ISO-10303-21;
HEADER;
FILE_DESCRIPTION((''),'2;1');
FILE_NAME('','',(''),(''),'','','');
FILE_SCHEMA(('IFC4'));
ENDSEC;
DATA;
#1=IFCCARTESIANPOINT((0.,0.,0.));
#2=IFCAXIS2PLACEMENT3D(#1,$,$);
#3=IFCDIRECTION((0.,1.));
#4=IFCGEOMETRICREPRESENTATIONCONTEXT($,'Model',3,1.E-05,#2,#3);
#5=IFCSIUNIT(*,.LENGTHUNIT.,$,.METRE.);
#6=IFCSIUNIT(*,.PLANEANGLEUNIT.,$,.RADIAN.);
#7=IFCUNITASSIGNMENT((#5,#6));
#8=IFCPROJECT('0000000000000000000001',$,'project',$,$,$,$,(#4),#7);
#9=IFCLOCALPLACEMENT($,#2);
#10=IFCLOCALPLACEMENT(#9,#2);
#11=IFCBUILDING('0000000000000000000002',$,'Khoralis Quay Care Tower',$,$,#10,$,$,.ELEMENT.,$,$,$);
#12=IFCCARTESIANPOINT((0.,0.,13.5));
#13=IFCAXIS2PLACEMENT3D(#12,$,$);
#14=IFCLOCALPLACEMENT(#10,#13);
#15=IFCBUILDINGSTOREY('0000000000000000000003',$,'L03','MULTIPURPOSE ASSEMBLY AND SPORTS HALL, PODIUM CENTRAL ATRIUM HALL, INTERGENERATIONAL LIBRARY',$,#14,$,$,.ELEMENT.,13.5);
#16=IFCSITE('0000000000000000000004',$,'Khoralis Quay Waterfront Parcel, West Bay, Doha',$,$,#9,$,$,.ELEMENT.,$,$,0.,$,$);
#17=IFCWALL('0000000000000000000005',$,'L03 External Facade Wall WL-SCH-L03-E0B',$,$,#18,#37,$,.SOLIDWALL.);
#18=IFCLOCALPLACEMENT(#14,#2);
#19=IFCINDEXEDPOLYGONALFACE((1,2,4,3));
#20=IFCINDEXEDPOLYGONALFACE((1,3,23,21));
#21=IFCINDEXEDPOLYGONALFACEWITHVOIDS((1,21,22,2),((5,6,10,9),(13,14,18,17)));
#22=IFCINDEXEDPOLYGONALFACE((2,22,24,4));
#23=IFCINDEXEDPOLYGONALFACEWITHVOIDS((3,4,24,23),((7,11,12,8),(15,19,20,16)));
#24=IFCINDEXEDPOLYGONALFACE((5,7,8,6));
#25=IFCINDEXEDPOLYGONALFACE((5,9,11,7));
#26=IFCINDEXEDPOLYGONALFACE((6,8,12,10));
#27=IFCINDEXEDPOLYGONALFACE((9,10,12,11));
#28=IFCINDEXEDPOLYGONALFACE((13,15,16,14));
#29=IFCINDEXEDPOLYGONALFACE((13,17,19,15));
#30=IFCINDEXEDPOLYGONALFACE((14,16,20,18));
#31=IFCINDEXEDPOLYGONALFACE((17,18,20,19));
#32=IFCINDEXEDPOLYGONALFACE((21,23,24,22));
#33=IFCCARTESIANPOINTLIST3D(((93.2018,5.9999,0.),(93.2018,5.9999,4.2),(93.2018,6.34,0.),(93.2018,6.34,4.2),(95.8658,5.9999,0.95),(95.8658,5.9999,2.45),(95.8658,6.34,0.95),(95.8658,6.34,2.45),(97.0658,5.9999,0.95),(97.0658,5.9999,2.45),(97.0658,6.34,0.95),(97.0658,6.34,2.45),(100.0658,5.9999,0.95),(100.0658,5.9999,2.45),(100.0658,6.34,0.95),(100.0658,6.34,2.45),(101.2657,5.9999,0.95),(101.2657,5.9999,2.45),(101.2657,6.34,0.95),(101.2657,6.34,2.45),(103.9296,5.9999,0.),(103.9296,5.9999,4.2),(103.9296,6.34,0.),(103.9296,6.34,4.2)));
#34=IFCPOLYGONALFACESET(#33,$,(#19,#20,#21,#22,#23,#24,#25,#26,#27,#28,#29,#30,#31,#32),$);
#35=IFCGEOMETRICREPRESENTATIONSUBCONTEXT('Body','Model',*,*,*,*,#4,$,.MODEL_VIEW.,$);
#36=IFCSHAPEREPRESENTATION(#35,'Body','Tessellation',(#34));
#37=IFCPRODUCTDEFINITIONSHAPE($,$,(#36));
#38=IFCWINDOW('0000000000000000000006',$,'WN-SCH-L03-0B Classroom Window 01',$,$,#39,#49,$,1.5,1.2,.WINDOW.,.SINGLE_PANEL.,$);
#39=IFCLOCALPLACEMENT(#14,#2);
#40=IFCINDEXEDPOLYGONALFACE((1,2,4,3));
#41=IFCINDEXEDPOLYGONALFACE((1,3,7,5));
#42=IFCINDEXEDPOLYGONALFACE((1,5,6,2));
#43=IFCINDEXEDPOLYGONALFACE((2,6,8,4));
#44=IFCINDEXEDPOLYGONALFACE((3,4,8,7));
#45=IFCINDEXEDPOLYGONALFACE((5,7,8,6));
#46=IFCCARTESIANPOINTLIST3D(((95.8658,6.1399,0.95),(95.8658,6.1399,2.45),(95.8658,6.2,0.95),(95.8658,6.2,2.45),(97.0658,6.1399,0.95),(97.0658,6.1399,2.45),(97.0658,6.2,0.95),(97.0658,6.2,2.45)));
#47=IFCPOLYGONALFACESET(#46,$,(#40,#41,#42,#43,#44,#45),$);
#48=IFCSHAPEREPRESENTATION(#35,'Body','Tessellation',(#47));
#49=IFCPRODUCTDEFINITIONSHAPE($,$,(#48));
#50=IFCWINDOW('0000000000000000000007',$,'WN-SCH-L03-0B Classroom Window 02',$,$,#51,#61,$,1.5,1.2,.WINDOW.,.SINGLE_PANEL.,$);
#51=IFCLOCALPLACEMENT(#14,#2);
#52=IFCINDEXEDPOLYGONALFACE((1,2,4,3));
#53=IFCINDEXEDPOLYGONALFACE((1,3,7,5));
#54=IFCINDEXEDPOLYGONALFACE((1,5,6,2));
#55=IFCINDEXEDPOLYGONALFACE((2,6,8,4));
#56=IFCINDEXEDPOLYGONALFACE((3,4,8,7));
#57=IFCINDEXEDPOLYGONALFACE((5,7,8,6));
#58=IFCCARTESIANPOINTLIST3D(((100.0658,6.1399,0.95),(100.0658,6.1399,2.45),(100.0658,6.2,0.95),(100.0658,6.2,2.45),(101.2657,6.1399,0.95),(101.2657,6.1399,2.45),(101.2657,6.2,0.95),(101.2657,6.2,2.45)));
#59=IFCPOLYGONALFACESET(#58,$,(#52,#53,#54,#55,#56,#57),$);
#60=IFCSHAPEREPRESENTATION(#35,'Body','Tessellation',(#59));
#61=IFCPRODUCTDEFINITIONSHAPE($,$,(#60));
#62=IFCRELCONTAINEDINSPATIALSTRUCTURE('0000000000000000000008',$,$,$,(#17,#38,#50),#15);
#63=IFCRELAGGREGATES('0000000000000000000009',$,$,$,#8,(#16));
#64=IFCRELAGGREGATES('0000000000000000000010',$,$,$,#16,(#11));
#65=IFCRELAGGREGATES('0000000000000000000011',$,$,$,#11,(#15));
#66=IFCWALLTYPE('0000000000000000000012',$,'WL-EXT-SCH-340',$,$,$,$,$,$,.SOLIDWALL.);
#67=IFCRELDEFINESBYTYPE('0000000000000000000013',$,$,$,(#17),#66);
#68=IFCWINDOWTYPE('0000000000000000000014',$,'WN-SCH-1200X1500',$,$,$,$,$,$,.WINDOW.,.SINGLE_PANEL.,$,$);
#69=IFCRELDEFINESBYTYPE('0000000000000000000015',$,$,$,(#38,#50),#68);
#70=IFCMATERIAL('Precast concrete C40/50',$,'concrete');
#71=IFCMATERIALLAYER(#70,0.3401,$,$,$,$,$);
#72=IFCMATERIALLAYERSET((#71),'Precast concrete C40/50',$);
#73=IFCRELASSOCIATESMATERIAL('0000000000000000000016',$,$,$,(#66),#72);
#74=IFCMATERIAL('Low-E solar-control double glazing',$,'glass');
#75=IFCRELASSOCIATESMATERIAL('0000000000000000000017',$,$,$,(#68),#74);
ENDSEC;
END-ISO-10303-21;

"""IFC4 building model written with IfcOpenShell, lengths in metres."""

from ifc_helpers import new_model, si_unit, direction, frame, frame_2d, origin, place, context, subcontext, project, spatial, rectangle, extrude, source, transform, mapped, material, layer, layer_set, type_object, element, fill, save


model = new_model("IFC4")

# Units and contexts
model_context = context("Model", 3, precision=1e-05, world=origin(), true_north=direction((0.0, 1.0)))
body_context = subcontext(model_context, "Body", "Model", "MODEL_VIEW")
ifc_project = project(units=[si_unit("LENGTHUNIT", "METRE"), si_unit("PLANEANGLEUNIT", "RADIAN")], contexts=[model_context])

# Site, building, storey
site_placement = place(None, origin())
site = spatial("IfcSite", under=ifc_project, at=site_placement, Name="Khoralis Quay Waterfront Parcel, West Bay, Doha", CompositionType="ELEMENT", RefElevation=0.0)
building_placement = place(site_placement, origin())
building = spatial("IfcBuilding", under=site, at=building_placement, Name="Khoralis Quay Care Tower", CompositionType="ELEMENT")
storey_placement = place(building_placement, frame((0.0, 0.0, 13.5)))
storey = spatial("IfcBuildingStorey", under=building, at=storey_placement, Name="L03", Description="MULTIPURPOSE ASSEMBLY AND SPORTS HALL, PODIUM CENTRAL ATRIUM HALL, INTERGENERATIONAL LIBRARY", CompositionType="ELEMENT", Elevation=13.5)

# Shared definitions
ifc_material_1 = material(Name="Low-E solar-control double glazing", Category="glass")

# Wall, openings, windows
ifc_material_2 = material(Name="Precast concrete C40/50", Category="concrete")
ifc_layer_1 = layer(ifc_material_2, 0.3401)
ifc_layer_set_1 = layer_set([ifc_layer_1], Name="Precast concrete C40/50")
wall_type = type_object("IfcWallType", Name="WL-EXT-SCH-340", PredefinedType="SOLIDWALL", material=ifc_layer_set_1)
wall_placement = place(storey_placement, frame((93.2019, 6.1699, 0.0), z_axis=(0.0, 0.0, 1.0), x_axis=(1.0, 0.0, 0.0)))
wall = element("IfcWall", 1, at=wall_placement, inside=storey, type_object=wall_type, Name="L03 External Facade Wall WL-SCH-L03-E0B", PredefinedType="SOLIDWALL", context=body_context, shape_type="SweptSolid", body=[
    extrude(rectangle(XDim=10.7278, YDim=0.3401, at=frame_2d((5.3638, 0.0))), origin(), (0.0, 0.0, 1.0), 4.2),
])
opening_1_placement = place(wall_placement, frame((2.6638, 0.0, 0.95)))
opening_1 = element("IfcOpeningElement", 2, at=opening_1_placement, cuts=wall, PredefinedType="OPENING", context=body_context, shape_type="SweptSolid", body=[
    extrude(rectangle(XDim=1.2, YDim=1.5, at=frame_2d((0.6001, 0.75))), frame((0.0, 0.1802, 0.0), z_axis=(0.0, -1.0, 0.0), x_axis=(1.0, 0.0, 0.0)), (0.0, 0.0, 1.0), 0.3601),
])
opening_2_placement = place(wall_placement, frame((6.8638, 0.0, 0.95)))
opening_2 = element("IfcOpeningElement", 3, at=opening_2_placement, cuts=wall, PredefinedType="OPENING", context=body_context, shape_type="SweptSolid", body=[
    extrude(rectangle(XDim=1.2, YDim=1.5, at=frame_2d((0.6001, 0.75))), frame((0.0, 0.1802, 0.0), z_axis=(0.0, -1.0, 0.0), x_axis=(1.0, 0.0, 0.0)), (0.0, 0.0, 1.0), 0.3601),
])
window_type = type_object("IfcWindowType", Name="WN-SCH-1200X1500", PartitioningType="SINGLE_PANEL", PredefinedType="WINDOW", material=ifc_material_1)
shared_shape_1 = source(origin(), body_context, "Body", "SweptSolid", [
    extrude(rectangle(XDim=1.2, YDim=1.5, at=frame_2d((0.6001, 0.75))), frame((0.0, 0.03, 0.0), z_axis=(0.0, -1.0, 0.0), x_axis=(1.0, 0.0, 0.0)), (0.0, 0.0, 1.0), 0.0601),
])
window_1_placement = place(opening_1_placement, origin())
window_1 = element("IfcWindow", 4, at=window_1_placement, inside=storey, type_object=window_type, Name="WN-SCH-L03-0B Classroom Window 01", OverallHeight=1.5, OverallWidth=1.2, PartitioningType="SINGLE_PANEL", PredefinedType="WINDOW", context=body_context, shape_type="MappedRepresentation", body=[
    mapped(shared_shape_1, transform((0.0, 0.0, 0.0), scale=1.0)),
])
fill(opening_1, window_1)
window_2_placement = place(opening_2_placement, origin())
window_2 = element("IfcWindow", 5, at=window_2_placement, inside=storey, type_object=window_type, Name="WN-SCH-L03-0B Classroom Window 02", OverallHeight=1.5, OverallWidth=1.2, PartitioningType="SINGLE_PANEL", PredefinedType="WINDOW", context=body_context, shape_type="MappedRepresentation", body=[
    mapped(shared_shape_1, transform((0.0, 0.0, 0.0), scale=1.0)),
])
fill(opening_2, window_2)

save(model, "model.ifc")
